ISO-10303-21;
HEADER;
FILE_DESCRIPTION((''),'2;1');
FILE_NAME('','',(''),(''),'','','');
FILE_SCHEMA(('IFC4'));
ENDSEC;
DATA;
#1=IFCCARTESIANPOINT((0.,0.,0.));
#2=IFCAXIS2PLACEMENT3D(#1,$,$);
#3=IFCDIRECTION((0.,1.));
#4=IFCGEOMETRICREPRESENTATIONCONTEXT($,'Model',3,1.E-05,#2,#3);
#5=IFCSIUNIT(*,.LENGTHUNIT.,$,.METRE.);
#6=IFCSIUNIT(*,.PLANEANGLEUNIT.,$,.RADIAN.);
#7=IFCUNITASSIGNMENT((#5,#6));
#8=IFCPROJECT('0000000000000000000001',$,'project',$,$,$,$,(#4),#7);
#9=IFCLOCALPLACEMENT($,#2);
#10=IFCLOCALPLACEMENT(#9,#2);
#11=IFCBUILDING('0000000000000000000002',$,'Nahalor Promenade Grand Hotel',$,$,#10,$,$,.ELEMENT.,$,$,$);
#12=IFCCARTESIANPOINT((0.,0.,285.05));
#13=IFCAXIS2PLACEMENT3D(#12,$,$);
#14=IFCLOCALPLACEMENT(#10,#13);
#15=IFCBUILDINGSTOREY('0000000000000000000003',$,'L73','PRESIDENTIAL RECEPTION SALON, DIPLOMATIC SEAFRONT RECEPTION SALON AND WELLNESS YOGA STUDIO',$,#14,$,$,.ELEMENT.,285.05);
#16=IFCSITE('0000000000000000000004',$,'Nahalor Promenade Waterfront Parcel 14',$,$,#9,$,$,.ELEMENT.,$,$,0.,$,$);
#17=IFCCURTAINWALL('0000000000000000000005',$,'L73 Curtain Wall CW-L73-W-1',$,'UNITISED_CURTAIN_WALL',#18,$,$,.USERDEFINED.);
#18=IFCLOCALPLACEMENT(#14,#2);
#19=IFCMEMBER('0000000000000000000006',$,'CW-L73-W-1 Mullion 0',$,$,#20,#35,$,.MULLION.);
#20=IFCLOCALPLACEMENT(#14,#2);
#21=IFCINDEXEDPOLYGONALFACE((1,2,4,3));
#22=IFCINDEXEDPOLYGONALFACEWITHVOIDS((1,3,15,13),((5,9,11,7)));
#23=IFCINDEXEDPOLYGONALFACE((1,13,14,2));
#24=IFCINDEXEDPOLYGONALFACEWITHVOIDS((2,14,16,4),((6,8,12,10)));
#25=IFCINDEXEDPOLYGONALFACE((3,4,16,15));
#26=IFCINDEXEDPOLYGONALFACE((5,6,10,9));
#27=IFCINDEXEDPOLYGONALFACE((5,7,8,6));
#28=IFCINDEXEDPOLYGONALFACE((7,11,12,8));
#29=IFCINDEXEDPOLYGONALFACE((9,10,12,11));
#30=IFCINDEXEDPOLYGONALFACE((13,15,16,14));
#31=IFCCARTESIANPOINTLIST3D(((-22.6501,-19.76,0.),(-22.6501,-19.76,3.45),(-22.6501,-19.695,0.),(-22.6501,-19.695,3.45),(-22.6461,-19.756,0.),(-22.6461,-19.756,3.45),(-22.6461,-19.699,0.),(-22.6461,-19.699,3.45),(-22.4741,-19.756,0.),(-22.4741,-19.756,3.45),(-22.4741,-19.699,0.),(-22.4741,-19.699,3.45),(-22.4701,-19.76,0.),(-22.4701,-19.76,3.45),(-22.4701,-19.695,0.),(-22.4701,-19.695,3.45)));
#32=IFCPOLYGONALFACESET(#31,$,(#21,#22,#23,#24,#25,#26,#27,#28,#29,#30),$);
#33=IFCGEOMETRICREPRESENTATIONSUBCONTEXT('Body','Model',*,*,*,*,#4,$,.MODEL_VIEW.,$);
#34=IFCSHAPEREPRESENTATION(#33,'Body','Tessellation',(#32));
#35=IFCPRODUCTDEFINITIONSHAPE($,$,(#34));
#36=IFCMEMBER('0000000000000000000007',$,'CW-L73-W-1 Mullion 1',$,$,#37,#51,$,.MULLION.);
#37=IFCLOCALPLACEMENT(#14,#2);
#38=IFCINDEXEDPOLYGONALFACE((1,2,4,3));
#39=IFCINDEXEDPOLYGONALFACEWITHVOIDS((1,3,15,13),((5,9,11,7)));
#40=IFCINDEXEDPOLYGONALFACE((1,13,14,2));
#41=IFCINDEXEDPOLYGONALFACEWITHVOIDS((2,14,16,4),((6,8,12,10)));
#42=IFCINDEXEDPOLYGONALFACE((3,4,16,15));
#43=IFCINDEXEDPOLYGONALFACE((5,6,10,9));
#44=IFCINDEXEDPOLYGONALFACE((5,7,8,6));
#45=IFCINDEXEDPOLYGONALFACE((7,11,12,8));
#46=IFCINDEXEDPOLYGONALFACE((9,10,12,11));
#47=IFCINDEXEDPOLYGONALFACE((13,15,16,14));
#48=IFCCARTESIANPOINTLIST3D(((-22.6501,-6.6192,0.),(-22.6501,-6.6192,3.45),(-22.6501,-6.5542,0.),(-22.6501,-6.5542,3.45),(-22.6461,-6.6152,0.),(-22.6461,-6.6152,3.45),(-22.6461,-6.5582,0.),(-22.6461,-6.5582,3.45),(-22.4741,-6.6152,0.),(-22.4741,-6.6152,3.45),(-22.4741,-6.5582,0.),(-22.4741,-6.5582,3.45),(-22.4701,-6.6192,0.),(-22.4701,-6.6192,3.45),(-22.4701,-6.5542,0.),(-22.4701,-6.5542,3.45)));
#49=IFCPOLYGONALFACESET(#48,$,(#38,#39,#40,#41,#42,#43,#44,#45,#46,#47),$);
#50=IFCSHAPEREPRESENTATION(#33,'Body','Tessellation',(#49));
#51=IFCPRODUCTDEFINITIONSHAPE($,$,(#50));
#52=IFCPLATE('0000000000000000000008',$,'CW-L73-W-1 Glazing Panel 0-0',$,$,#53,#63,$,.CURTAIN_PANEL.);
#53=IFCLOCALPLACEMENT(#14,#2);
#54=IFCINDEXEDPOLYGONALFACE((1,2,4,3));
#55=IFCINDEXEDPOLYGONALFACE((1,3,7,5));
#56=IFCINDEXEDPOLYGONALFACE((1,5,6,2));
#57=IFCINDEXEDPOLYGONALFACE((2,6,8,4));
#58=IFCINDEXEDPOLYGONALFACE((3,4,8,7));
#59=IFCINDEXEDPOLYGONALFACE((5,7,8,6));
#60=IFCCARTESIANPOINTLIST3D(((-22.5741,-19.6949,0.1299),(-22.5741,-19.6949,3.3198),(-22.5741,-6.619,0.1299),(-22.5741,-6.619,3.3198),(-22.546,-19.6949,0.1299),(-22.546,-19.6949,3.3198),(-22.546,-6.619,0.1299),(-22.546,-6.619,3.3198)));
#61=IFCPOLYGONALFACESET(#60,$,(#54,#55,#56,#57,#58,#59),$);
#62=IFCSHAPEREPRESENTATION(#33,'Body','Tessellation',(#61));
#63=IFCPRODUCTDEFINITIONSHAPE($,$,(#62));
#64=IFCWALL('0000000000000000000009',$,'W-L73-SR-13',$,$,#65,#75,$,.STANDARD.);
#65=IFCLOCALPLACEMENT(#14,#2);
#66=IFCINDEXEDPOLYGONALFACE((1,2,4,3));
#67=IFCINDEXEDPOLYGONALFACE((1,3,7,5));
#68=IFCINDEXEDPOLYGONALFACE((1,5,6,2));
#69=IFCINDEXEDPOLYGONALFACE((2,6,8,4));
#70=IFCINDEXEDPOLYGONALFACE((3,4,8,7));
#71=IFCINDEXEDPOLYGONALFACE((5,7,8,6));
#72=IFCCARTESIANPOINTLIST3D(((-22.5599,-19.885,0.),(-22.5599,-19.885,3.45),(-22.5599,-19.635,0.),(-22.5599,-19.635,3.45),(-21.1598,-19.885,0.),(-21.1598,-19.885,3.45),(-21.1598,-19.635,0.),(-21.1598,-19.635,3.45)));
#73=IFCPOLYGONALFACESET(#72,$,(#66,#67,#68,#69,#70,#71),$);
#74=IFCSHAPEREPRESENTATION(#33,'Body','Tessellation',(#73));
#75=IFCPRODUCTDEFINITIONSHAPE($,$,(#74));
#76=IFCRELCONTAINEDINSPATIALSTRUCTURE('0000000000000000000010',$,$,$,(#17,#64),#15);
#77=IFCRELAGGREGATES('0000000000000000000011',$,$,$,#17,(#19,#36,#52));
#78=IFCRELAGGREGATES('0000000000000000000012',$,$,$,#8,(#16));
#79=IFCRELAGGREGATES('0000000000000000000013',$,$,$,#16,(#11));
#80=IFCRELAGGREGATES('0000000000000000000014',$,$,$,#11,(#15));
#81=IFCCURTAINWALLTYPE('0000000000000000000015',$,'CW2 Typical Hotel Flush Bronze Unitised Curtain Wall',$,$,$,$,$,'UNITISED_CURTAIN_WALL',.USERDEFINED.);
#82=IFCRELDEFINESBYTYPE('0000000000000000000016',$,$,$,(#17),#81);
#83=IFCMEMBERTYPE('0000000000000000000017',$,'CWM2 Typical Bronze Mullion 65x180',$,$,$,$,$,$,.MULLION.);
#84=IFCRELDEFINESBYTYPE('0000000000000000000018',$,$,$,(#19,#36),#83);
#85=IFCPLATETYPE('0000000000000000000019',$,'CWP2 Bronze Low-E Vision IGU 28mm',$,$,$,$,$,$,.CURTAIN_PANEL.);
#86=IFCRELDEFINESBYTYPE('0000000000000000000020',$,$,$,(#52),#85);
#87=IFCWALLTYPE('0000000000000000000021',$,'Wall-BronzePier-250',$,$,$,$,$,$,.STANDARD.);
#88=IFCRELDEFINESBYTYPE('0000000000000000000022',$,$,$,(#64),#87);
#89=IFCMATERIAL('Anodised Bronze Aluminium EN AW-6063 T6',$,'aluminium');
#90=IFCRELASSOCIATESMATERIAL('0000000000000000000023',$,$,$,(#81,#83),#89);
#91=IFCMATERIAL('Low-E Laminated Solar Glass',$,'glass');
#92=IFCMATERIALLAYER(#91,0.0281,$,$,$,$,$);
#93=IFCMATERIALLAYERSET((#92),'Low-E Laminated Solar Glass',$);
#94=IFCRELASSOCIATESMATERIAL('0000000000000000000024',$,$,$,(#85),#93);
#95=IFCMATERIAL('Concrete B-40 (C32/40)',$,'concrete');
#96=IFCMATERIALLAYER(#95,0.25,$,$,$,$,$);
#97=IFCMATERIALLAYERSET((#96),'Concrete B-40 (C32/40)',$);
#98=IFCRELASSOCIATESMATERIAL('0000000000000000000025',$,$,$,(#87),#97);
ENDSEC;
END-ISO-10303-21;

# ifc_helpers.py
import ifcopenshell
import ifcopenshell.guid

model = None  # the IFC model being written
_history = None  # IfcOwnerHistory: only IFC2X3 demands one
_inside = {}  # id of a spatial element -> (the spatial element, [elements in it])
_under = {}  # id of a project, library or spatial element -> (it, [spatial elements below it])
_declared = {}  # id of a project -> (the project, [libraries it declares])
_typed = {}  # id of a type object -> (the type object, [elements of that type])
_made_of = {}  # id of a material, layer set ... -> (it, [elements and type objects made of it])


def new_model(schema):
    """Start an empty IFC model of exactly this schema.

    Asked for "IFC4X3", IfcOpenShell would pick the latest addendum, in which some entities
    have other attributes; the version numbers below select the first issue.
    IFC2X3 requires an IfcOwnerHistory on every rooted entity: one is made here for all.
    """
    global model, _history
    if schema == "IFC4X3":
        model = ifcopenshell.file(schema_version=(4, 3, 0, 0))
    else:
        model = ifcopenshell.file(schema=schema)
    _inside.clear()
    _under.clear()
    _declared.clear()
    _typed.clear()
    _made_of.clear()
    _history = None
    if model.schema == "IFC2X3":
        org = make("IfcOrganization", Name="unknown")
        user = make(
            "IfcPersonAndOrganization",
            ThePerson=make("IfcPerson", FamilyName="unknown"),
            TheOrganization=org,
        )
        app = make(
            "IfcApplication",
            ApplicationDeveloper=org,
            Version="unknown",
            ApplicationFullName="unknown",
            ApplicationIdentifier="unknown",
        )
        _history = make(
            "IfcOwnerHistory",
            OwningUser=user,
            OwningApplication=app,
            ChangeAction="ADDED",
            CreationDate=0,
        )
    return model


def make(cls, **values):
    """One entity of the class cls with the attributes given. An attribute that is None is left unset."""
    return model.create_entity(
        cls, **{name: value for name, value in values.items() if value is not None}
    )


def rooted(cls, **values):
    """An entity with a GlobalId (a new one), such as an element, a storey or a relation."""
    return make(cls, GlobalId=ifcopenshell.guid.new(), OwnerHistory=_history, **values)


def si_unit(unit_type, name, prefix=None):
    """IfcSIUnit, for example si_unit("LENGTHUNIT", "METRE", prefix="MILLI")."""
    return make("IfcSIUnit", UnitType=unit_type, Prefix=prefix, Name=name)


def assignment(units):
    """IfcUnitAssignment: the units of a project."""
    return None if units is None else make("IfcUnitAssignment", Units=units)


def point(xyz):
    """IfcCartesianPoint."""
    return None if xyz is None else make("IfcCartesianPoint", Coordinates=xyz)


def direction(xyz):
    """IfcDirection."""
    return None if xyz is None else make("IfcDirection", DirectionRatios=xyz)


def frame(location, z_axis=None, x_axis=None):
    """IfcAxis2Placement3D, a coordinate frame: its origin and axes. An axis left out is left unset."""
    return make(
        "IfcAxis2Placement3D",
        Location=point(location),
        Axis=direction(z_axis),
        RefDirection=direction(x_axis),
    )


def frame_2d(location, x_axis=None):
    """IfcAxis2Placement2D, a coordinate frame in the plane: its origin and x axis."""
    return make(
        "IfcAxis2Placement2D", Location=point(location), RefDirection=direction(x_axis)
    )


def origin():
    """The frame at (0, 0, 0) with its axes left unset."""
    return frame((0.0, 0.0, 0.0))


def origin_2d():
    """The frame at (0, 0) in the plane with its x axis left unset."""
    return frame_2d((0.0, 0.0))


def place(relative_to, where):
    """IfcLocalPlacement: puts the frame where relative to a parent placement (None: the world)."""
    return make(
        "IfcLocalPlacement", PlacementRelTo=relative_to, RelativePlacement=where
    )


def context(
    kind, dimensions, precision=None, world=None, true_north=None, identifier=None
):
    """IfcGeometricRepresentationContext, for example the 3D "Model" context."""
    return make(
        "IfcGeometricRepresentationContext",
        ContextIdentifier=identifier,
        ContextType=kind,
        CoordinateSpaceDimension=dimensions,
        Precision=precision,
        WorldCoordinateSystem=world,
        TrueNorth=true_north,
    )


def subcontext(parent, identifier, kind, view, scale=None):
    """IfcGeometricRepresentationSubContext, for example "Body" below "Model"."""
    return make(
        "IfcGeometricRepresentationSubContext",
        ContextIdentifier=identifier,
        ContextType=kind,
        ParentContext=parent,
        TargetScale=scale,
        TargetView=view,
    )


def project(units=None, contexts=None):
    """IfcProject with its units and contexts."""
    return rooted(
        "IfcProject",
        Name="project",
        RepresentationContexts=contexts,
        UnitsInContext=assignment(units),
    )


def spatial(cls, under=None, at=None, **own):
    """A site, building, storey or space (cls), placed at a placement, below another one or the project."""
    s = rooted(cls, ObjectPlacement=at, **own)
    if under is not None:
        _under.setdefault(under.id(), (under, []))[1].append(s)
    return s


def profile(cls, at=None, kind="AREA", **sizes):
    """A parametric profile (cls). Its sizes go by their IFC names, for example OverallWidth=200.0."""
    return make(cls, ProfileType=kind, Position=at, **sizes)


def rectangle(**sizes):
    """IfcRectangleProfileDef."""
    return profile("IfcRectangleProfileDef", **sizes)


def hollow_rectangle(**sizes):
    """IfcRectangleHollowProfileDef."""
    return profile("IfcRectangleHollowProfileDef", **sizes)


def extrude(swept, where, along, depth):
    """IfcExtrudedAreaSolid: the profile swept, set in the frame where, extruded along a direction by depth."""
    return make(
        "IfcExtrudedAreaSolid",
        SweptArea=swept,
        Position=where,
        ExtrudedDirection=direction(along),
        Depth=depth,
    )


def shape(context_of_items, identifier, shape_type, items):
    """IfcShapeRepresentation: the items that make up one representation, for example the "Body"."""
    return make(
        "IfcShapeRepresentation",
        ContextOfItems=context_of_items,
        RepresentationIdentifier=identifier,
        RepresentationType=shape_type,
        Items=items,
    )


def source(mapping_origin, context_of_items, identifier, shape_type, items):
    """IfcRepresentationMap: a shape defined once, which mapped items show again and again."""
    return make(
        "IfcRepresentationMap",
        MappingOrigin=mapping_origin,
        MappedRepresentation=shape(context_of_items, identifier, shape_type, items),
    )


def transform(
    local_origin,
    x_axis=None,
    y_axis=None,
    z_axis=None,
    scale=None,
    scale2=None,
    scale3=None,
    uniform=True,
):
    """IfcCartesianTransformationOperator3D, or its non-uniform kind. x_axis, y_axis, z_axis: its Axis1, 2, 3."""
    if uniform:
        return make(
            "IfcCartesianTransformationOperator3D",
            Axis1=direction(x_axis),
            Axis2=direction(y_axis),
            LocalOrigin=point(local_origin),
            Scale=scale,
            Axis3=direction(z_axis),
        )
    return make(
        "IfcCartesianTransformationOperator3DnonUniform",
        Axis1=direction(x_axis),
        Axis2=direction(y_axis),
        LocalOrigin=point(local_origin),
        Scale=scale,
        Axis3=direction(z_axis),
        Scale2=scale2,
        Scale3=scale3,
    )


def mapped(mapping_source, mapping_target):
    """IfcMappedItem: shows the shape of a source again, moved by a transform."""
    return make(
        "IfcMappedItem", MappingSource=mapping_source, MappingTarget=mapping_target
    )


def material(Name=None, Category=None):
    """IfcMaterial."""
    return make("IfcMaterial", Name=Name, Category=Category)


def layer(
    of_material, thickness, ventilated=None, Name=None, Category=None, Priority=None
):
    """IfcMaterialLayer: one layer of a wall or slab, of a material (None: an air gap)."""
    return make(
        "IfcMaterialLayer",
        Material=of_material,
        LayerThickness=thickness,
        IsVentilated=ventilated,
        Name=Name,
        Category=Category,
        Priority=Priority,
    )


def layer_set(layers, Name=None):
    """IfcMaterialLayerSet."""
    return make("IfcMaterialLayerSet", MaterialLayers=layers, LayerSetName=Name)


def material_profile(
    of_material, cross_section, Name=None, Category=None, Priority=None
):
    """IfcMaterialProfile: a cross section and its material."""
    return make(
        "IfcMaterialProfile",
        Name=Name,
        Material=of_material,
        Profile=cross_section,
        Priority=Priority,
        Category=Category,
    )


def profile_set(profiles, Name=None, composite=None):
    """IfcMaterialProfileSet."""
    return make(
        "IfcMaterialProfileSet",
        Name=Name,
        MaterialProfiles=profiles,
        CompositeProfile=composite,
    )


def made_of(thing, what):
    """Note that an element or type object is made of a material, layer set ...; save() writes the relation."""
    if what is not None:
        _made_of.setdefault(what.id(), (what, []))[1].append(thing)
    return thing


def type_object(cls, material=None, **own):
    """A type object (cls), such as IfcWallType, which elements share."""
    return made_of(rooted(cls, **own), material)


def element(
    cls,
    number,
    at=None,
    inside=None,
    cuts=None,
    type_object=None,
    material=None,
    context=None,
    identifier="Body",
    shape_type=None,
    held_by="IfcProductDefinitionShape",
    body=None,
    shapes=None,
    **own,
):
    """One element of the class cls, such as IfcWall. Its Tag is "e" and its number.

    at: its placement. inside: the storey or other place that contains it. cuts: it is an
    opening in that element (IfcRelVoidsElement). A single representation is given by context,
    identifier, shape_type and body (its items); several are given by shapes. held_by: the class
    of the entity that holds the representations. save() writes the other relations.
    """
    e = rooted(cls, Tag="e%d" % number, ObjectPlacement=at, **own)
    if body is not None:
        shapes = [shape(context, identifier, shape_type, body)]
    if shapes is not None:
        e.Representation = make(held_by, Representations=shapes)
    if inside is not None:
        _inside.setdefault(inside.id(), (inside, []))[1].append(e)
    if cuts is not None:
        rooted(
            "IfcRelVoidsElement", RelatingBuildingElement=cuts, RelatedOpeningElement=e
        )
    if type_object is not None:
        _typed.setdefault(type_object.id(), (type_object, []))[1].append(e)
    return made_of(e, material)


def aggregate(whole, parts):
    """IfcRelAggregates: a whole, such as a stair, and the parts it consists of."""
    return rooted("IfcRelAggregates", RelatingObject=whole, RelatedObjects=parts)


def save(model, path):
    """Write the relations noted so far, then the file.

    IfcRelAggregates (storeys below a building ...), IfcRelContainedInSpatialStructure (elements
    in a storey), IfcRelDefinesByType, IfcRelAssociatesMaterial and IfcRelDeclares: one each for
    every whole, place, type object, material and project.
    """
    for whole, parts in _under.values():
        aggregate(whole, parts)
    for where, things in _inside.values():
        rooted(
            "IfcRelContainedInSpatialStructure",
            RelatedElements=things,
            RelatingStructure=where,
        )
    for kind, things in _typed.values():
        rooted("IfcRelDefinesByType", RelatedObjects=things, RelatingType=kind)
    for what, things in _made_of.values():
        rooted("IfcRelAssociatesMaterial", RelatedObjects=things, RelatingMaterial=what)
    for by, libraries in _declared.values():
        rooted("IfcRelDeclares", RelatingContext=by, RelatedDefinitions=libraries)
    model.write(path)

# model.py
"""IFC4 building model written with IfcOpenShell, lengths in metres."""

from ifc_helpers import new_model, si_unit, direction, frame, frame_2d, origin, origin_2d, place, context, subcontext, project, spatial, rectangle, hollow_rectangle, extrude, source, transform, mapped, material, layer, layer_set, material_profile, profile_set, type_object, element, aggregate, save


model = new_model("IFC4")

# Units and contexts
model_context = context("Model", 3, precision=1e-05, world=origin(), true_north=direction((0.0, 1.0)))
body_context = subcontext(model_context, "Body", "Model", "MODEL_VIEW")
ifc_project = project(units=[si_unit("LENGTHUNIT", "METRE"), si_unit("PLANEANGLEUNIT", "RADIAN")], contexts=[model_context])

# Site, building, storey
site_placement = place(None, origin())
site = spatial("IfcSite", under=ifc_project, at=site_placement, Name="Nahalor Promenade Waterfront Parcel 14", CompositionType="ELEMENT", RefElevation=0.0)
building_placement = place(site_placement, origin())
building = spatial("IfcBuilding", under=site, at=building_placement, Name="Nahalor Promenade Grand Hotel", CompositionType="ELEMENT")
storey_placement = place(building_placement, frame((0.0, 0.0, 285.05)))
storey = spatial("IfcBuildingStorey", under=building, at=storey_placement, Name="L73", Description="PRESIDENTIAL RECEPTION SALON, DIPLOMATIC SEAFRONT RECEPTION SALON AND WELLNESS YOGA STUDIO", CompositionType="ELEMENT", Elevation=285.05)

# Curtain wall, members, plate
ifc_material_1 = material(Name="Anodised Bronze Aluminium EN AW-6063 T6", Category="aluminium")
curtain_wall_type = type_object("IfcCurtainWallType", Name="CW2 Typical Hotel Flush Bronze Unitised Curtain Wall", ElementType="UNITISED_CURTAIN_WALL", PredefinedType="USERDEFINED", material=ifc_material_1)
curtain_wall_placement = place(storey_placement, origin())
curtain_wall = element("IfcCurtainWall", 1, at=curtain_wall_placement, inside=storey, type_object=curtain_wall_type, Name="L73 Curtain Wall CW-L73-W-1", ObjectType="UNITISED_CURTAIN_WALL", PredefinedType="USERDEFINED")
ifc_material_profile_1 = material_profile(ifc_material_1, hollow_rectangle(XDim=0.065, YDim=0.18, WallThickness=0.004, at=origin_2d()), Name="CWM 65x180x4")
ifc_profile_set_1 = profile_set([ifc_material_profile_1], Name="Anodised Bronze Aluminium EN AW-6063 T6")
member_type_1 = type_object("IfcMemberType", Name="CWM2 Typical Bronze Mullion 65x180", PredefinedType="MULLION", material=ifc_profile_set_1)
shared_shape_1 = source(origin(), body_context, "Body", "SweptSolid", [
    extrude(hollow_rectangle(XDim=0.065, YDim=0.18, WallThickness=0.004, at=origin_2d()), origin(), (0.0, 0.0, 1.0), 3.45),
])
member_1_placement = place(storey_placement, frame((-22.5601, -19.7275, 0.0), z_axis=(0.0, 0.0, 1.0), x_axis=(0.0, 1.0, 0.0)))
member_1 = element("IfcMember", 2, at=member_1_placement, type_object=member_type_1, Name="CW-L73-W-1 Mullion 0", PredefinedType="MULLION", context=body_context, shape_type="MappedRepresentation", body=[
    mapped(shared_shape_1, transform((0.0, 0.0, 0.0), scale=1.0)),
])
member_2_placement = place(storey_placement, frame((-22.5601, -6.5867, 0.0), z_axis=(0.0, 0.0, 1.0), x_axis=(0.0, 1.0, 0.0)))
member_2 = element("IfcMember", 3, at=member_2_placement, type_object=member_type_1, Name="CW-L73-W-1 Mullion 1", PredefinedType="MULLION", context=body_context, shape_type="MappedRepresentation", body=[
    mapped(shared_shape_1, transform((0.0, 0.0, 0.0), scale=1.0)),
])
ifc_material_2 = material(Name="Low-E Laminated Solar Glass", Category="glass")
ifc_layer_1 = layer(ifc_material_2, 0.0281)
ifc_layer_set_1 = layer_set([ifc_layer_1], Name="Low-E Laminated Solar Glass")
plate_type = type_object("IfcPlateType", Name="CWP2 Bronze Low-E Vision IGU 28mm", PredefinedType="CURTAIN_PANEL", material=ifc_layer_set_1)
shared_shape_2 = source(origin(), body_context, "Body", "SweptSolid", [
    extrude(rectangle(XDim=13.0759, YDim=0.0281, at=origin_2d()), origin(), (0.0, 0.0, 1.0), 3.1899),
])
plate_placement = place(storey_placement, frame((-22.5601, -13.157, 0.1299), z_axis=(0.0, 0.0, 1.0), x_axis=(0.0, 1.0, 0.0)))
plate = element("IfcPlate", 4, at=plate_placement, type_object=plate_type, Name="CW-L73-W-1 Glazing Panel 0-0", PredefinedType="CURTAIN_PANEL", context=body_context, shape_type="MappedRepresentation", body=[
    mapped(shared_shape_2, transform((0.0, 0.0, 0.0), scale=1.0)),
])
aggregate(curtain_wall, [member_1, member_2, plate])

# Wall
ifc_material_3 = material(Name="Concrete B-40 (C32/40)", Category="concrete")
ifc_layer_2 = layer(ifc_material_3, 0.25)
ifc_layer_set_2 = layer_set([ifc_layer_2], Name="Concrete B-40 (C32/40)")
wall_type = type_object("IfcWallType", Name="Wall-BronzePier-250", PredefinedType="STANDARD", material=ifc_layer_set_2)
shared_shape_3 = source(origin(), body_context, "Body", "SweptSolid", [
    extrude(rectangle(XDim=1.4001, YDim=0.25, at=frame_2d((0.7002, 0.0))), origin(), (0.0, 0.0, 1.0), 3.45),
])
wall_placement = place(storey_placement, frame((-22.5601, -19.76, 0.0), z_axis=(0.0, 0.0, 1.0), x_axis=(1.0, 0.0, 0.0)))
element("IfcWall", 5, at=wall_placement, inside=storey, type_object=wall_type, Name="W-L73-SR-13", PredefinedType="STANDARD", context=body_context, shape_type="MappedRepresentation", body=[
    mapped(shared_shape_3, transform((0.0, 0.0, 0.0), scale=1.0)),
])

save(model, "model.ifc")
